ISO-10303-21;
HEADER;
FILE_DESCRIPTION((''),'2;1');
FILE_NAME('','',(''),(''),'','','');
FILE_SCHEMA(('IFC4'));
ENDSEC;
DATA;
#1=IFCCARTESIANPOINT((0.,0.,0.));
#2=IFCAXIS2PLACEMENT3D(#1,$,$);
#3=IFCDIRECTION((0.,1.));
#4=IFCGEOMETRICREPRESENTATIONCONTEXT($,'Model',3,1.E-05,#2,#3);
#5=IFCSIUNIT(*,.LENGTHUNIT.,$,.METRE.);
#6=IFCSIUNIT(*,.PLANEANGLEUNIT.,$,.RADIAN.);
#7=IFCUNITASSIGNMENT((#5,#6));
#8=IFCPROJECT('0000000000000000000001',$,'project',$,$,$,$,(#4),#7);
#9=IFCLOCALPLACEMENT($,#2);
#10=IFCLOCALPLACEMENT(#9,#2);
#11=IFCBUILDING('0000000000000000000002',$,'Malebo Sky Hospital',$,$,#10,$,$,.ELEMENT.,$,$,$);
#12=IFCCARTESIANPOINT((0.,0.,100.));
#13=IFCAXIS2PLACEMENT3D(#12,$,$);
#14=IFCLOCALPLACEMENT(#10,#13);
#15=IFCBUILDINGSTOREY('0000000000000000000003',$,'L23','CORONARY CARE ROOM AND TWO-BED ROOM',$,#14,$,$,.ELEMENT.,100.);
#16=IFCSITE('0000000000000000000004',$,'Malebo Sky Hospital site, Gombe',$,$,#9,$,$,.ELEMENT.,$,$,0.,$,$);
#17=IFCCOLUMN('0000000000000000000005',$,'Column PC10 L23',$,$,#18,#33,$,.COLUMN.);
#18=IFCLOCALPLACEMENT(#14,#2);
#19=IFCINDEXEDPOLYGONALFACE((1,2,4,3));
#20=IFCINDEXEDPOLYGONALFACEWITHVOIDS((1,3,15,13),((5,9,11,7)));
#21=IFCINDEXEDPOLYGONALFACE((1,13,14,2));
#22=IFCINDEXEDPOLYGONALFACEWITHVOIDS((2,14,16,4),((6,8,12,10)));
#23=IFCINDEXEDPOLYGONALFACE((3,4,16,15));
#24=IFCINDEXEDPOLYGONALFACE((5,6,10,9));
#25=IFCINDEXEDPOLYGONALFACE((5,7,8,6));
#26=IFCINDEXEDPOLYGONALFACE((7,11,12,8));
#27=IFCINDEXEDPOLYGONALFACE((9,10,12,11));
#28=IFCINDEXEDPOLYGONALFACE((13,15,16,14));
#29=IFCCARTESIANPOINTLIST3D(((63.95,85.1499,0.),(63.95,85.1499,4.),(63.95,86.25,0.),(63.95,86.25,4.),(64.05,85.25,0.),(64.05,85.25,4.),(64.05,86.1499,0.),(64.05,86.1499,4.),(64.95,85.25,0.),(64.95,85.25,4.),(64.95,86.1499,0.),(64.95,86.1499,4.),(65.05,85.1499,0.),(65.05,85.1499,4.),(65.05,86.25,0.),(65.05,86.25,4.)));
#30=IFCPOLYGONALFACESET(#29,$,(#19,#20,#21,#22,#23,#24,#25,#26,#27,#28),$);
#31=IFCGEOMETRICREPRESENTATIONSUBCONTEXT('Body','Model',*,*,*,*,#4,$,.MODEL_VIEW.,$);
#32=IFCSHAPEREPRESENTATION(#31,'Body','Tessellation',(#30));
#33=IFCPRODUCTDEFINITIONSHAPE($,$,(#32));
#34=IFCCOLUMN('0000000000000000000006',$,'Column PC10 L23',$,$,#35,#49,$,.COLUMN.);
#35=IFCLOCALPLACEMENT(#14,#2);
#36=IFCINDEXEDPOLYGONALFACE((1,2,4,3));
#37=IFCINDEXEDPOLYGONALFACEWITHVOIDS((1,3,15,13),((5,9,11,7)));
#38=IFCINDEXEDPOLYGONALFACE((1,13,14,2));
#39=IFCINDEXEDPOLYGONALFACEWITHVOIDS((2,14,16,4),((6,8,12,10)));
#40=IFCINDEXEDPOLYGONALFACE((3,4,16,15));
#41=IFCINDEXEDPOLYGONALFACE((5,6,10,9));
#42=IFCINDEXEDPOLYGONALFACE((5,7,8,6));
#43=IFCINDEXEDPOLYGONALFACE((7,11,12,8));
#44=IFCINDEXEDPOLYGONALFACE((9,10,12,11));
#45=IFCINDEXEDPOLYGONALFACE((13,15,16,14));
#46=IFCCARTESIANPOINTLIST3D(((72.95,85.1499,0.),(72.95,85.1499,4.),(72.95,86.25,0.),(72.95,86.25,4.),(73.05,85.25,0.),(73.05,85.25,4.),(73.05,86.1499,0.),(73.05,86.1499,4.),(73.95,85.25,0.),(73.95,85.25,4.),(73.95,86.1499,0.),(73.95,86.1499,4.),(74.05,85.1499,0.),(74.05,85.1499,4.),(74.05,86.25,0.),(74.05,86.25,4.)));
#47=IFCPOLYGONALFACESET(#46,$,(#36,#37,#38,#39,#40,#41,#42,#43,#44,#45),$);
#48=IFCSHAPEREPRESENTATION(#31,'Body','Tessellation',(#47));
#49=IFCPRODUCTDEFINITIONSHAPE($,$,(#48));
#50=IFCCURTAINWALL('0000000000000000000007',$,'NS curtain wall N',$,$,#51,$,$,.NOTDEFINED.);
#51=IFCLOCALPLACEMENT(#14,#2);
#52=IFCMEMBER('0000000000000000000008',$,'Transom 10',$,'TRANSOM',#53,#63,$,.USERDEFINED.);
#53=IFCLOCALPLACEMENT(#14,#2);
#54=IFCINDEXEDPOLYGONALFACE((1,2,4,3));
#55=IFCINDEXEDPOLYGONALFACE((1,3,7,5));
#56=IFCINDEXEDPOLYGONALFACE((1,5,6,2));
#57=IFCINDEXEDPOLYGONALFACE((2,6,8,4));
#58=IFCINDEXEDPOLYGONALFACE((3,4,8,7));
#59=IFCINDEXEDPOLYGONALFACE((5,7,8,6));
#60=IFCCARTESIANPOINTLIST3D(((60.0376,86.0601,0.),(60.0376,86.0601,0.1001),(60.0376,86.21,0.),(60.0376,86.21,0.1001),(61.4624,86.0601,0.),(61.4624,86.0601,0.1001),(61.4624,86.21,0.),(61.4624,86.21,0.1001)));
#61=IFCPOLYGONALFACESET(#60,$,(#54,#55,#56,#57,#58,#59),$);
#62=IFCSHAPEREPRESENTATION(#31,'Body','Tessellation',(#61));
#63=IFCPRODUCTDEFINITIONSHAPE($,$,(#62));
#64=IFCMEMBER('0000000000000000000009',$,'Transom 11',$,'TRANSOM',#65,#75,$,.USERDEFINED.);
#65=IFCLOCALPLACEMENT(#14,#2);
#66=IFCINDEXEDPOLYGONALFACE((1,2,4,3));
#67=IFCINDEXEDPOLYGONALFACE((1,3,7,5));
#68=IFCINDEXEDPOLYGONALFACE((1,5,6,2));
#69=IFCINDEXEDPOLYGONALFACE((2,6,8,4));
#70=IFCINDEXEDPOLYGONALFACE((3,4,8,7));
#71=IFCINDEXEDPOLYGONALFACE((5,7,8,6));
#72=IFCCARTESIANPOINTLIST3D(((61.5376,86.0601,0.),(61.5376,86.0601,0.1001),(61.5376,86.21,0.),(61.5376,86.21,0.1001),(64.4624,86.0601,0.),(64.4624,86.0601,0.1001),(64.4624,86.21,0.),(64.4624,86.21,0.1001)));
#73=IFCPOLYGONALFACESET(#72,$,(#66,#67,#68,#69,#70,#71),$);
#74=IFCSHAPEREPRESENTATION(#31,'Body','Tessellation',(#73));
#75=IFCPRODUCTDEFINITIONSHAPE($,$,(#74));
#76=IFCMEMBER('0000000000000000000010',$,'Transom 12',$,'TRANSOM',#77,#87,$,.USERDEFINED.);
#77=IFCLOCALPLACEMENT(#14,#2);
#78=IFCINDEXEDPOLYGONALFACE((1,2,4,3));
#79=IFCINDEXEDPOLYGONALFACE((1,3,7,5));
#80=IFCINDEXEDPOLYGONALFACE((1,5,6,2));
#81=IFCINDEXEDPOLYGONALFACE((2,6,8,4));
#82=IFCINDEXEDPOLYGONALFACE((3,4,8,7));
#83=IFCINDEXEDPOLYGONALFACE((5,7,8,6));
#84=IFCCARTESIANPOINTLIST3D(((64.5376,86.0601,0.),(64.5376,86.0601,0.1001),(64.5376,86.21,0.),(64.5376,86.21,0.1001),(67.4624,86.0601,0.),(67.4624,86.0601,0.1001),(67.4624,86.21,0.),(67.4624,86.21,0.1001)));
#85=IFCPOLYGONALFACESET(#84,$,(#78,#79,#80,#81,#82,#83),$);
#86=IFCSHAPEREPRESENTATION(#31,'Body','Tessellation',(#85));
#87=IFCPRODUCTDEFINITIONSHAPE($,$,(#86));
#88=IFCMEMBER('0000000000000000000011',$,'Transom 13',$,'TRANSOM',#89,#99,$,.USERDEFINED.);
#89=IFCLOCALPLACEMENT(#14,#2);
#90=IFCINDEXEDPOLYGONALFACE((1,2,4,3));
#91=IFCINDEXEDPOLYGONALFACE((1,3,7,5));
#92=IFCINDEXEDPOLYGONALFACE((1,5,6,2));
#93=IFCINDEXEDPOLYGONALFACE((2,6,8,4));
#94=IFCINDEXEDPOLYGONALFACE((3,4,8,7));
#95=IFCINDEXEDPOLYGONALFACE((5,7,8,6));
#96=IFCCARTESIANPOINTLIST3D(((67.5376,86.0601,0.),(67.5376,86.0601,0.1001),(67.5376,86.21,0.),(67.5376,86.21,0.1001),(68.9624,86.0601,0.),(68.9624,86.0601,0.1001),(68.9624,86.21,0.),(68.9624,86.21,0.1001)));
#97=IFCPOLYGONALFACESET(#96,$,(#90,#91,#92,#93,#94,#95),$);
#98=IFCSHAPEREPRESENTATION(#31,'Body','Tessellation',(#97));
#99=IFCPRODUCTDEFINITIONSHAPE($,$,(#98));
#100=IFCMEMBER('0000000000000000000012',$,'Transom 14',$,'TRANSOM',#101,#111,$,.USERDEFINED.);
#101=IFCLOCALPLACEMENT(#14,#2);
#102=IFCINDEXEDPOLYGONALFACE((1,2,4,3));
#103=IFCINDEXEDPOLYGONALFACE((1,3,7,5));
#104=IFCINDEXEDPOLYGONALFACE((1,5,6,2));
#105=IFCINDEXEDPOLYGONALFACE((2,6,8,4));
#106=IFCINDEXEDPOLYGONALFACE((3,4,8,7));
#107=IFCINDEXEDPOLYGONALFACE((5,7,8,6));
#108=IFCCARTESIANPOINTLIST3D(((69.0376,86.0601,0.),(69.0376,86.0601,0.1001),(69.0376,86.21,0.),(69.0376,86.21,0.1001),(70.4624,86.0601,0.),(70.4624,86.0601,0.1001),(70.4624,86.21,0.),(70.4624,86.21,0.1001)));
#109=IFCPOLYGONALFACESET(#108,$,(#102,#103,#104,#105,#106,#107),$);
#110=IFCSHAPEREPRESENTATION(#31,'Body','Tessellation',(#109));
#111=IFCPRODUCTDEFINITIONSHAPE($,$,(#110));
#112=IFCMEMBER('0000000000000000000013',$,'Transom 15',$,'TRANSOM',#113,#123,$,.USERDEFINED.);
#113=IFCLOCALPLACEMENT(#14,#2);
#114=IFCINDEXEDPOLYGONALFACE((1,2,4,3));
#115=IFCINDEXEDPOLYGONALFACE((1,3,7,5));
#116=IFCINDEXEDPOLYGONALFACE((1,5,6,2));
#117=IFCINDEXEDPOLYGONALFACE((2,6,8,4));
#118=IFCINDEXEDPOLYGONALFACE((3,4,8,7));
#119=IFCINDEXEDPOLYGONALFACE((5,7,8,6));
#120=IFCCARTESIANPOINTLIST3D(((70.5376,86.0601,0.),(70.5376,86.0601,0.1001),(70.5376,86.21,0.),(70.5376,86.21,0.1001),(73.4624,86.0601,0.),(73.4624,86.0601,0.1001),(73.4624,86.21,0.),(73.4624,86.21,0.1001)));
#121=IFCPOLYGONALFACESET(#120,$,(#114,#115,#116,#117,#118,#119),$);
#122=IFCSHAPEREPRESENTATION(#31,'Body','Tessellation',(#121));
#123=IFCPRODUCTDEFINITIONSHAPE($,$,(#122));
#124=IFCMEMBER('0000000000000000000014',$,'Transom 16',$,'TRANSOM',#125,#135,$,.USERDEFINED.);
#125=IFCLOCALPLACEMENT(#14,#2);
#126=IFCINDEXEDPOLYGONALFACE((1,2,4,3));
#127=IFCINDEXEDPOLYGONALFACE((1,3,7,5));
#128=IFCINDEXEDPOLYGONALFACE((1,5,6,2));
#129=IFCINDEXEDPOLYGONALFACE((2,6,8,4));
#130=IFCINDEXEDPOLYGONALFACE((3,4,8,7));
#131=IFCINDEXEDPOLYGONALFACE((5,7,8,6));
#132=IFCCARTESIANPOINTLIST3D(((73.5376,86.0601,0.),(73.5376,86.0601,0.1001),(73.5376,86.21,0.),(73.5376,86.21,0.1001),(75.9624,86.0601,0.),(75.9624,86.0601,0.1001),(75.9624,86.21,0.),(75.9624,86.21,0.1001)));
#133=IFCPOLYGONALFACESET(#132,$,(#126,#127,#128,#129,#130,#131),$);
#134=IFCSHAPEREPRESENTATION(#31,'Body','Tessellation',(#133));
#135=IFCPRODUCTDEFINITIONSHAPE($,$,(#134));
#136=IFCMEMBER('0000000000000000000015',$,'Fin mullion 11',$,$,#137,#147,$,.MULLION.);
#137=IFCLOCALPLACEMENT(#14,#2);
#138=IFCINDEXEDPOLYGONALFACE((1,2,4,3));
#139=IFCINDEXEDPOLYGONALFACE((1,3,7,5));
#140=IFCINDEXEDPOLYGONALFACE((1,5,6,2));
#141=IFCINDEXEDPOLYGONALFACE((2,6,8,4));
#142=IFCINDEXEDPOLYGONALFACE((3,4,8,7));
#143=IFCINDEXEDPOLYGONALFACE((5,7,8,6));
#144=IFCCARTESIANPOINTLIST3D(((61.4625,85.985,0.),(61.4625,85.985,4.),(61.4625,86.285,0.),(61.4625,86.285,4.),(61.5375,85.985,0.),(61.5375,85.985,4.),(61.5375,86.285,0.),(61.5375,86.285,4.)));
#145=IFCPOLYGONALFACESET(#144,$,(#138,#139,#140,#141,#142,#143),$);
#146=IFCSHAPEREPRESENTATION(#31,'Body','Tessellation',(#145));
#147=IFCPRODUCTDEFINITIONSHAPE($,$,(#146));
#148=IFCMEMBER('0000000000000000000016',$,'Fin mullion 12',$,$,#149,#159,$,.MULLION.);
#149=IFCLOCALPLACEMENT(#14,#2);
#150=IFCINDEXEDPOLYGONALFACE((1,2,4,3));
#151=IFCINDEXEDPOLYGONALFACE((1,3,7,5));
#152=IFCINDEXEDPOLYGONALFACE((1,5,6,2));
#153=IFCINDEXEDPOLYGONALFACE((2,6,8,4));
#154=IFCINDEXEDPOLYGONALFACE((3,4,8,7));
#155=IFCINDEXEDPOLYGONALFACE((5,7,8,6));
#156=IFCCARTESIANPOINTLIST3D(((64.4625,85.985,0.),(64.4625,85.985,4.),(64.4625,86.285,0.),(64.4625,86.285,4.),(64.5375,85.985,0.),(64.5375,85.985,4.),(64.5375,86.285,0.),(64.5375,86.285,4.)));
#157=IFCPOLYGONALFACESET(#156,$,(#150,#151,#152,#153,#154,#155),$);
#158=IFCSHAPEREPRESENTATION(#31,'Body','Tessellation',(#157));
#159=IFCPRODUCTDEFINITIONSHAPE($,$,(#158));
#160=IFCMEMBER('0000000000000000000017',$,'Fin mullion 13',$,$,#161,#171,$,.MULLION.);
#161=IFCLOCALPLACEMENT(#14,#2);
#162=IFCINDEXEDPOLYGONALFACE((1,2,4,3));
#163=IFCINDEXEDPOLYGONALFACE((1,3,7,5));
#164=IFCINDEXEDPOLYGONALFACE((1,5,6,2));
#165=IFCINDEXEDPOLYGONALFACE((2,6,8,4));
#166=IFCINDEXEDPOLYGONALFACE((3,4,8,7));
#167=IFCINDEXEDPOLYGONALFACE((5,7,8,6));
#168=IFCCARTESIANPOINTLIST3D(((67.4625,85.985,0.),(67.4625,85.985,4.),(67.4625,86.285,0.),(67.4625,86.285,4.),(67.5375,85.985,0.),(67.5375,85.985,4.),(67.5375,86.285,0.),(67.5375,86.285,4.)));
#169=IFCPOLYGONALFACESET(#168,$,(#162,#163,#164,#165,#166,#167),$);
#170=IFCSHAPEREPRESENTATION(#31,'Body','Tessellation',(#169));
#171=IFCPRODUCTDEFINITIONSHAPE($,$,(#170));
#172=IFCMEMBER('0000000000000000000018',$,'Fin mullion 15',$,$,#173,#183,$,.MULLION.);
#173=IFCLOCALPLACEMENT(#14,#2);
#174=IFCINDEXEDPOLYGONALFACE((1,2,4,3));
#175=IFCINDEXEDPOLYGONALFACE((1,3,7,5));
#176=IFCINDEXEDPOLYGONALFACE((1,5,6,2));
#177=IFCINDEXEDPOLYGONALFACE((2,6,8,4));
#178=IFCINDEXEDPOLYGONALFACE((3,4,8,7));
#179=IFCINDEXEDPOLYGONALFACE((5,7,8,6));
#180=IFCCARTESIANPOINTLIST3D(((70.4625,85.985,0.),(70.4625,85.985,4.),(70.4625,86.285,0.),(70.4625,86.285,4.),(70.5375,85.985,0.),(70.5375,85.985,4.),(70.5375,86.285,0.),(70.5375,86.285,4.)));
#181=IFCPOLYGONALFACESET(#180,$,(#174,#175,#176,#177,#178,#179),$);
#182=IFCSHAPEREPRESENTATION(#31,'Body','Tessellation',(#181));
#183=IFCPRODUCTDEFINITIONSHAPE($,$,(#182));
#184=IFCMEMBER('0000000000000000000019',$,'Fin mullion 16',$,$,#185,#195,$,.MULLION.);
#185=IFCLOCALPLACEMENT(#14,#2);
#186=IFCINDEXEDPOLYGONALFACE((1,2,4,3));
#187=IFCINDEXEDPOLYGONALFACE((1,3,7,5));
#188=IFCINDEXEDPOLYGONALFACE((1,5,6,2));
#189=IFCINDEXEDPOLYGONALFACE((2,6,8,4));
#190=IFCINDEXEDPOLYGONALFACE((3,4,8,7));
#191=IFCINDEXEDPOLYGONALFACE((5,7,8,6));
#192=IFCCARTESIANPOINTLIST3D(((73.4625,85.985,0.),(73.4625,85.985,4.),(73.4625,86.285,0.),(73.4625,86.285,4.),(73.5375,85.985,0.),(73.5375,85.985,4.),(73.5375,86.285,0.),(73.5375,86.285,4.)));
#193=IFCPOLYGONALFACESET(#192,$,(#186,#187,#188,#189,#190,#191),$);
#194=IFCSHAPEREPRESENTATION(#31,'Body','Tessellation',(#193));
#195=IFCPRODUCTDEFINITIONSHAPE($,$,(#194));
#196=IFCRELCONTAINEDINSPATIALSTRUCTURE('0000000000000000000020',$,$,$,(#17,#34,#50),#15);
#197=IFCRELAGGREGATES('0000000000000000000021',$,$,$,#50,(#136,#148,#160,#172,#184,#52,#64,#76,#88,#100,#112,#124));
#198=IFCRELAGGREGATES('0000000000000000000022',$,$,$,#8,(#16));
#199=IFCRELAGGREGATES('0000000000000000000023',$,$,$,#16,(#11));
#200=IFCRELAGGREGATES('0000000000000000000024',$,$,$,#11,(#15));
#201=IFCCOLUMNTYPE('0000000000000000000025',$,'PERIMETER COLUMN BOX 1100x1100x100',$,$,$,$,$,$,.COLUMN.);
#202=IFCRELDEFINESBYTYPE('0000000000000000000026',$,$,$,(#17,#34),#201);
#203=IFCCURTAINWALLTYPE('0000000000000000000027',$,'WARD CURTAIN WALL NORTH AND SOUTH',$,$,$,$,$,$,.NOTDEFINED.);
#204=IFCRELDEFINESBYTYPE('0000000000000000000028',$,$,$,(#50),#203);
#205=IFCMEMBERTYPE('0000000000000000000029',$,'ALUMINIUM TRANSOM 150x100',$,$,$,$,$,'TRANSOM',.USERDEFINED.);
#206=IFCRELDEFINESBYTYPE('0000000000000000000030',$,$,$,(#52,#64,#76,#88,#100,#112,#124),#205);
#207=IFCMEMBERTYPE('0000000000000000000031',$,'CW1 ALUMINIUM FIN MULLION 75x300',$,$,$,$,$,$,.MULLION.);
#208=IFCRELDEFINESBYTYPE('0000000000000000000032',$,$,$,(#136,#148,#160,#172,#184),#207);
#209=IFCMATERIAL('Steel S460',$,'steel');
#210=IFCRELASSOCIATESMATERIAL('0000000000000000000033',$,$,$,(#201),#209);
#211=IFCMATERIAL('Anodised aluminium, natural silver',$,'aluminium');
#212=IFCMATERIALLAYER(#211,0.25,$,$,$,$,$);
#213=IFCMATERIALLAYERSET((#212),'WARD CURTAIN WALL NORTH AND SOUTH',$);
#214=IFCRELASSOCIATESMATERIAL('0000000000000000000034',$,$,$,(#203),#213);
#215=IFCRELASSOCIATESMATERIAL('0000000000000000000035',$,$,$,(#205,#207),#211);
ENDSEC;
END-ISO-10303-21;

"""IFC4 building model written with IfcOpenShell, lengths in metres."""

from ifc_helpers import new_model, si_unit, direction, frame, origin, origin_2d, place, context, subcontext, project, spatial, rectangle, hollow_rectangle, extrude, material, layer, layer_set, material_profile, profile_set, type_object, element, aggregate, save


model = new_model("IFC4")

# Units and contexts
model_context = context("Model", 3, precision=1e-05, world=origin(), true_north=direction((0.0, 1.0)))
body_context = subcontext(model_context, "Body", "Model", "MODEL_VIEW")
ifc_project = project(units=[si_unit("LENGTHUNIT", "METRE"), si_unit("PLANEANGLEUNIT", "RADIAN")], contexts=[model_context])

# Site, building, storey
site_placement = place(None, origin())
site = spatial("IfcSite", under=ifc_project, at=site_placement, Name="Malebo Sky Hospital site, Gombe", CompositionType="ELEMENT", RefElevation=0.0)
building_placement = place(site_placement, origin())
building = spatial("IfcBuilding", under=site, at=building_placement, Name="Malebo Sky Hospital", CompositionType="ELEMENT")
storey_placement = place(building_placement, frame((0.0, 0.0, 100.0)))
storey = spatial("IfcBuildingStorey", under=building, at=storey_placement, Name="L23", Description="CORONARY CARE ROOM AND TWO-BED ROOM", CompositionType="ELEMENT", Elevation=100.0)

# Columns
ifc_material_1 = material(Name="Steel S460", Category="steel")
ifc_material_profile_1 = material_profile(ifc_material_1, hollow_rectangle(XDim=1.1001, YDim=1.1001, WallThickness=0.1001, at=origin_2d()), Name="BOX 1100x1100x100")
ifc_profile_set_1 = profile_set([ifc_material_profile_1], Name="Steel S460")
column_type = type_object("IfcColumnType", Name="PERIMETER COLUMN BOX 1100x1100x100", PredefinedType="COLUMN", material=ifc_profile_set_1)
for number, where, z_axis, x_axis, name in (
    (1, (64.5, 85.7, 0.0), (0.0, 0.0, 1.0), (1.0, 0.0, 0.0), "Column PC10 L23"),
    (2, (73.5, 85.7, 0.0), (0.0, 0.0, 1.0), (1.0, 0.0, 0.0), "Column PC10 L23"),
):
    element("IfcColumn", number, at=place(storey_placement, frame(where, z_axis=z_axis, x_axis=x_axis)), inside=storey, type_object=column_type, Name=name, PredefinedType="COLUMN", context=body_context, shape_type="SweptSolid", body=[
        extrude(hollow_rectangle(XDim=1.1001, YDim=1.1001, WallThickness=0.1001, at=origin_2d()), origin(), (0.0, 0.0, 1.0), 4.0),
    ])

# Curtain wall, members
ifc_material_2 = material(Name="Anodised aluminium, natural silver", Category="aluminium")
ifc_layer_1 = layer(ifc_material_2, 0.25)
ifc_layer_set_1 = layer_set([ifc_layer_1], Name="WARD CURTAIN WALL NORTH AND SOUTH")
curtain_wall_type = type_object("IfcCurtainWallType", Name="WARD CURTAIN WALL NORTH AND SOUTH", PredefinedType="NOTDEFINED", material=ifc_layer_set_1)
curtain_wall_placement = place(storey_placement, origin())
curtain_wall = element("IfcCurtainWall", 3, at=curtain_wall_placement, inside=storey, type_object=curtain_wall_type, Name="NS curtain wall N", PredefinedType="NOTDEFINED")
ifc_material_profile_2 = material_profile(ifc_material_2, rectangle(XDim=0.1499, YDim=0.1001, at=origin_2d()), Name="ALUMINIUM TRANSOM 150x100")
ifc_profile_set_2 = profile_set([ifc_material_profile_2], Name="Anodised aluminium, natural silver")
member_type_1 = type_object("IfcMemberType", Name="ALUMINIUM TRANSOM 150x100", ElementType="TRANSOM", PredefinedType="USERDEFINED", material=ifc_profile_set_2)
member_1_placement = place(storey_placement, frame((60.0376, 86.135, 0.05), z_axis=(1.0, 0.0, 0.0), x_axis=(0.0, 1.0, 0.0)))
member_1 = element("IfcMember", 4, at=member_1_placement, type_object=member_type_1, Name="Transom 10", ObjectType="TRANSOM", PredefinedType="USERDEFINED", context=body_context, shape_type="SweptSolid", body=[
    extrude(rectangle(XDim=0.1499, YDim=0.1001, at=origin_2d()), origin(), (0.0, 0.0, 1.0), 1.4248),
])
member_2_placement = place(storey_placement, frame((61.5376, 86.135, 0.05), z_axis=(1.0, 0.0, 0.0), x_axis=(0.0, 1.0, 0.0)))
member_2 = element("IfcMember", 5, at=member_2_placement, type_object=member_type_1, Name="Transom 11", ObjectType="TRANSOM", PredefinedType="USERDEFINED", context=body_context, shape_type="SweptSolid", body=[
    extrude(rectangle(XDim=0.1499, YDim=0.1001, at=origin_2d()), origin(), (0.0, 0.0, 1.0), 2.9248),
])
member_3_placement = place(storey_placement, frame((64.5376, 86.135, 0.05), z_axis=(1.0, 0.0, 0.0), x_axis=(0.0, 1.0, 0.0)))
member_3 = element("IfcMember", 6, at=member_3_placement, type_object=member_type_1, Name="Transom 12", ObjectType="TRANSOM", PredefinedType="USERDEFINED", context=body_context, shape_type="SweptSolid", body=[
    extrude(rectangle(XDim=0.1499, YDim=0.1001, at=origin_2d()), origin(), (0.0, 0.0, 1.0), 2.9248),
])
member_4_placement = place(storey_placement, frame((67.5376, 86.135, 0.05), z_axis=(1.0, 0.0, 0.0), x_axis=(0.0, 1.0, 0.0)))
member_4 = element("IfcMember", 7, at=member_4_placement, type_object=member_type_1, Name="Transom 13", ObjectType="TRANSOM", PredefinedType="USERDEFINED", context=body_context, shape_type="SweptSolid", body=[
    extrude(rectangle(XDim=0.1499, YDim=0.1001, at=origin_2d()), origin(), (0.0, 0.0, 1.0), 1.4248),
])
member_5_placement = place(storey_placement, frame((69.0376, 86.135, 0.05), z_axis=(1.0, 0.0, 0.0), x_axis=(0.0, 1.0, 0.0)))
member_5 = element("IfcMember", 8, at=member_5_placement, type_object=member_type_1, Name="Transom 14", ObjectType="TRANSOM", PredefinedType="USERDEFINED", context=body_context, shape_type="SweptSolid", body=[
    extrude(rectangle(XDim=0.1499, YDim=0.1001, at=origin_2d()), origin(), (0.0, 0.0, 1.0), 1.4248),
])
member_6_placement = place(storey_placement, frame((70.5376, 86.135, 0.05), z_axis=(1.0, 0.0, 0.0), x_axis=(0.0, 1.0, 0.0)))
member_6 = element("IfcMember", 9, at=member_6_placement, type_object=member_type_1, Name="Transom 15", ObjectType="TRANSOM", PredefinedType="USERDEFINED", context=body_context, shape_type="SweptSolid", body=[
    extrude(rectangle(XDim=0.1499, YDim=0.1001, at=origin_2d()), origin(), (0.0, 0.0, 1.0), 2.9248),
])
member_7_placement = place(storey_placement, frame((73.5376, 86.135, 0.05), z_axis=(1.0, 0.0, 0.0), x_axis=(0.0, 1.0, 0.0)))
member_7 = element("IfcMember", 10, at=member_7_placement, type_object=member_type_1, Name="Transom 16", ObjectType="TRANSOM", PredefinedType="USERDEFINED", context=body_context, shape_type="SweptSolid", body=[
    extrude(rectangle(XDim=0.1499, YDim=0.1001, at=origin_2d()), origin(), (0.0, 0.0, 1.0), 2.4248),
])
ifc_material_profile_3 = material_profile(ifc_material_2, rectangle(XDim=0.075, YDim=0.3, at=origin_2d()), Name="CW1 ALUMINIUM FIN MULLION 75x300")
ifc_profile_set_3 = profile_set([ifc_material_profile_3], Name="Anodised aluminium, natural silver")
member_type_2 = type_object("IfcMemberType", Name="CW1 ALUMINIUM FIN MULLION 75x300", PredefinedType="MULLION", material=ifc_profile_set_3)
member_8_placement = place(storey_placement, frame((61.5, 86.135, 0.0), z_axis=(0.0, 0.0, 1.0), x_axis=(1.0, 0.0, 0.0)))
member_8 = element("IfcMember", 11, at=member_8_placement, type_object=member_type_2, Name="Fin mullion 11", PredefinedType="MULLION", context=body_context, shape_type="SweptSolid", body=[
    extrude(rectangle(XDim=0.075, YDim=0.3, at=origin_2d()), origin(), (0.0, 0.0, 1.0), 4.0),
])
member_9_placement = place(storey_placement, frame((64.5, 86.135, 0.0), z_axis=(0.0, 0.0, 1.0), x_axis=(1.0, 0.0, 0.0)))
member_9 = element("IfcMember", 12, at=member_9_placement, type_object=member_type_2, Name="Fin mullion 12", PredefinedType="MULLION", context=body_context, shape_type="SweptSolid", body=[
    extrude(rectangle(XDim=0.075, YDim=0.3, at=origin_2d()), origin(), (0.0, 0.0, 1.0), 4.0),
])
member_10_placement = place(storey_placement, frame((67.5, 86.135, 0.0), z_axis=(0.0, 0.0, 1.0), x_axis=(1.0, 0.0, 0.0)))
member_10 = element("IfcMember", 13, at=member_10_placement, type_object=member_type_2, Name="Fin mullion 13", PredefinedType="MULLION", context=body_context, shape_type="SweptSolid", body=[
    extrude(rectangle(XDim=0.075, YDim=0.3, at=origin_2d()), origin(), (0.0, 0.0, 1.0), 4.0),
])
member_11_placement = place(storey_placement, frame((70.5, 86.135, 0.0), z_axis=(0.0, 0.0, 1.0), x_axis=(1.0, 0.0, 0.0)))
member_11 = element("IfcMember", 14, at=member_11_placement, type_object=member_type_2, Name="Fin mullion 15", PredefinedType="MULLION", context=body_context, shape_type="SweptSolid", body=[
    extrude(rectangle(XDim=0.075, YDim=0.3, at=origin_2d()), origin(), (0.0, 0.0, 1.0), 4.0),
])
member_12_placement = place(storey_placement, frame((73.5, 86.135, 0.0), z_axis=(0.0, 0.0, 1.0), x_axis=(1.0, 0.0, 0.0)))
member_12 = element("IfcMember", 15, at=member_12_placement, type_object=member_type_2, Name="Fin mullion 16", PredefinedType="MULLION", context=body_context, shape_type="SweptSolid", body=[
    extrude(rectangle(XDim=0.075, YDim=0.3, at=origin_2d()), origin(), (0.0, 0.0, 1.0), 4.0),
])

aggregate(curtain_wall, [member_8, member_9, member_10, member_11, member_12, member_1, member_2, member_3, member_4, member_5, member_6, member_7])

save(model, "model.ifc")
